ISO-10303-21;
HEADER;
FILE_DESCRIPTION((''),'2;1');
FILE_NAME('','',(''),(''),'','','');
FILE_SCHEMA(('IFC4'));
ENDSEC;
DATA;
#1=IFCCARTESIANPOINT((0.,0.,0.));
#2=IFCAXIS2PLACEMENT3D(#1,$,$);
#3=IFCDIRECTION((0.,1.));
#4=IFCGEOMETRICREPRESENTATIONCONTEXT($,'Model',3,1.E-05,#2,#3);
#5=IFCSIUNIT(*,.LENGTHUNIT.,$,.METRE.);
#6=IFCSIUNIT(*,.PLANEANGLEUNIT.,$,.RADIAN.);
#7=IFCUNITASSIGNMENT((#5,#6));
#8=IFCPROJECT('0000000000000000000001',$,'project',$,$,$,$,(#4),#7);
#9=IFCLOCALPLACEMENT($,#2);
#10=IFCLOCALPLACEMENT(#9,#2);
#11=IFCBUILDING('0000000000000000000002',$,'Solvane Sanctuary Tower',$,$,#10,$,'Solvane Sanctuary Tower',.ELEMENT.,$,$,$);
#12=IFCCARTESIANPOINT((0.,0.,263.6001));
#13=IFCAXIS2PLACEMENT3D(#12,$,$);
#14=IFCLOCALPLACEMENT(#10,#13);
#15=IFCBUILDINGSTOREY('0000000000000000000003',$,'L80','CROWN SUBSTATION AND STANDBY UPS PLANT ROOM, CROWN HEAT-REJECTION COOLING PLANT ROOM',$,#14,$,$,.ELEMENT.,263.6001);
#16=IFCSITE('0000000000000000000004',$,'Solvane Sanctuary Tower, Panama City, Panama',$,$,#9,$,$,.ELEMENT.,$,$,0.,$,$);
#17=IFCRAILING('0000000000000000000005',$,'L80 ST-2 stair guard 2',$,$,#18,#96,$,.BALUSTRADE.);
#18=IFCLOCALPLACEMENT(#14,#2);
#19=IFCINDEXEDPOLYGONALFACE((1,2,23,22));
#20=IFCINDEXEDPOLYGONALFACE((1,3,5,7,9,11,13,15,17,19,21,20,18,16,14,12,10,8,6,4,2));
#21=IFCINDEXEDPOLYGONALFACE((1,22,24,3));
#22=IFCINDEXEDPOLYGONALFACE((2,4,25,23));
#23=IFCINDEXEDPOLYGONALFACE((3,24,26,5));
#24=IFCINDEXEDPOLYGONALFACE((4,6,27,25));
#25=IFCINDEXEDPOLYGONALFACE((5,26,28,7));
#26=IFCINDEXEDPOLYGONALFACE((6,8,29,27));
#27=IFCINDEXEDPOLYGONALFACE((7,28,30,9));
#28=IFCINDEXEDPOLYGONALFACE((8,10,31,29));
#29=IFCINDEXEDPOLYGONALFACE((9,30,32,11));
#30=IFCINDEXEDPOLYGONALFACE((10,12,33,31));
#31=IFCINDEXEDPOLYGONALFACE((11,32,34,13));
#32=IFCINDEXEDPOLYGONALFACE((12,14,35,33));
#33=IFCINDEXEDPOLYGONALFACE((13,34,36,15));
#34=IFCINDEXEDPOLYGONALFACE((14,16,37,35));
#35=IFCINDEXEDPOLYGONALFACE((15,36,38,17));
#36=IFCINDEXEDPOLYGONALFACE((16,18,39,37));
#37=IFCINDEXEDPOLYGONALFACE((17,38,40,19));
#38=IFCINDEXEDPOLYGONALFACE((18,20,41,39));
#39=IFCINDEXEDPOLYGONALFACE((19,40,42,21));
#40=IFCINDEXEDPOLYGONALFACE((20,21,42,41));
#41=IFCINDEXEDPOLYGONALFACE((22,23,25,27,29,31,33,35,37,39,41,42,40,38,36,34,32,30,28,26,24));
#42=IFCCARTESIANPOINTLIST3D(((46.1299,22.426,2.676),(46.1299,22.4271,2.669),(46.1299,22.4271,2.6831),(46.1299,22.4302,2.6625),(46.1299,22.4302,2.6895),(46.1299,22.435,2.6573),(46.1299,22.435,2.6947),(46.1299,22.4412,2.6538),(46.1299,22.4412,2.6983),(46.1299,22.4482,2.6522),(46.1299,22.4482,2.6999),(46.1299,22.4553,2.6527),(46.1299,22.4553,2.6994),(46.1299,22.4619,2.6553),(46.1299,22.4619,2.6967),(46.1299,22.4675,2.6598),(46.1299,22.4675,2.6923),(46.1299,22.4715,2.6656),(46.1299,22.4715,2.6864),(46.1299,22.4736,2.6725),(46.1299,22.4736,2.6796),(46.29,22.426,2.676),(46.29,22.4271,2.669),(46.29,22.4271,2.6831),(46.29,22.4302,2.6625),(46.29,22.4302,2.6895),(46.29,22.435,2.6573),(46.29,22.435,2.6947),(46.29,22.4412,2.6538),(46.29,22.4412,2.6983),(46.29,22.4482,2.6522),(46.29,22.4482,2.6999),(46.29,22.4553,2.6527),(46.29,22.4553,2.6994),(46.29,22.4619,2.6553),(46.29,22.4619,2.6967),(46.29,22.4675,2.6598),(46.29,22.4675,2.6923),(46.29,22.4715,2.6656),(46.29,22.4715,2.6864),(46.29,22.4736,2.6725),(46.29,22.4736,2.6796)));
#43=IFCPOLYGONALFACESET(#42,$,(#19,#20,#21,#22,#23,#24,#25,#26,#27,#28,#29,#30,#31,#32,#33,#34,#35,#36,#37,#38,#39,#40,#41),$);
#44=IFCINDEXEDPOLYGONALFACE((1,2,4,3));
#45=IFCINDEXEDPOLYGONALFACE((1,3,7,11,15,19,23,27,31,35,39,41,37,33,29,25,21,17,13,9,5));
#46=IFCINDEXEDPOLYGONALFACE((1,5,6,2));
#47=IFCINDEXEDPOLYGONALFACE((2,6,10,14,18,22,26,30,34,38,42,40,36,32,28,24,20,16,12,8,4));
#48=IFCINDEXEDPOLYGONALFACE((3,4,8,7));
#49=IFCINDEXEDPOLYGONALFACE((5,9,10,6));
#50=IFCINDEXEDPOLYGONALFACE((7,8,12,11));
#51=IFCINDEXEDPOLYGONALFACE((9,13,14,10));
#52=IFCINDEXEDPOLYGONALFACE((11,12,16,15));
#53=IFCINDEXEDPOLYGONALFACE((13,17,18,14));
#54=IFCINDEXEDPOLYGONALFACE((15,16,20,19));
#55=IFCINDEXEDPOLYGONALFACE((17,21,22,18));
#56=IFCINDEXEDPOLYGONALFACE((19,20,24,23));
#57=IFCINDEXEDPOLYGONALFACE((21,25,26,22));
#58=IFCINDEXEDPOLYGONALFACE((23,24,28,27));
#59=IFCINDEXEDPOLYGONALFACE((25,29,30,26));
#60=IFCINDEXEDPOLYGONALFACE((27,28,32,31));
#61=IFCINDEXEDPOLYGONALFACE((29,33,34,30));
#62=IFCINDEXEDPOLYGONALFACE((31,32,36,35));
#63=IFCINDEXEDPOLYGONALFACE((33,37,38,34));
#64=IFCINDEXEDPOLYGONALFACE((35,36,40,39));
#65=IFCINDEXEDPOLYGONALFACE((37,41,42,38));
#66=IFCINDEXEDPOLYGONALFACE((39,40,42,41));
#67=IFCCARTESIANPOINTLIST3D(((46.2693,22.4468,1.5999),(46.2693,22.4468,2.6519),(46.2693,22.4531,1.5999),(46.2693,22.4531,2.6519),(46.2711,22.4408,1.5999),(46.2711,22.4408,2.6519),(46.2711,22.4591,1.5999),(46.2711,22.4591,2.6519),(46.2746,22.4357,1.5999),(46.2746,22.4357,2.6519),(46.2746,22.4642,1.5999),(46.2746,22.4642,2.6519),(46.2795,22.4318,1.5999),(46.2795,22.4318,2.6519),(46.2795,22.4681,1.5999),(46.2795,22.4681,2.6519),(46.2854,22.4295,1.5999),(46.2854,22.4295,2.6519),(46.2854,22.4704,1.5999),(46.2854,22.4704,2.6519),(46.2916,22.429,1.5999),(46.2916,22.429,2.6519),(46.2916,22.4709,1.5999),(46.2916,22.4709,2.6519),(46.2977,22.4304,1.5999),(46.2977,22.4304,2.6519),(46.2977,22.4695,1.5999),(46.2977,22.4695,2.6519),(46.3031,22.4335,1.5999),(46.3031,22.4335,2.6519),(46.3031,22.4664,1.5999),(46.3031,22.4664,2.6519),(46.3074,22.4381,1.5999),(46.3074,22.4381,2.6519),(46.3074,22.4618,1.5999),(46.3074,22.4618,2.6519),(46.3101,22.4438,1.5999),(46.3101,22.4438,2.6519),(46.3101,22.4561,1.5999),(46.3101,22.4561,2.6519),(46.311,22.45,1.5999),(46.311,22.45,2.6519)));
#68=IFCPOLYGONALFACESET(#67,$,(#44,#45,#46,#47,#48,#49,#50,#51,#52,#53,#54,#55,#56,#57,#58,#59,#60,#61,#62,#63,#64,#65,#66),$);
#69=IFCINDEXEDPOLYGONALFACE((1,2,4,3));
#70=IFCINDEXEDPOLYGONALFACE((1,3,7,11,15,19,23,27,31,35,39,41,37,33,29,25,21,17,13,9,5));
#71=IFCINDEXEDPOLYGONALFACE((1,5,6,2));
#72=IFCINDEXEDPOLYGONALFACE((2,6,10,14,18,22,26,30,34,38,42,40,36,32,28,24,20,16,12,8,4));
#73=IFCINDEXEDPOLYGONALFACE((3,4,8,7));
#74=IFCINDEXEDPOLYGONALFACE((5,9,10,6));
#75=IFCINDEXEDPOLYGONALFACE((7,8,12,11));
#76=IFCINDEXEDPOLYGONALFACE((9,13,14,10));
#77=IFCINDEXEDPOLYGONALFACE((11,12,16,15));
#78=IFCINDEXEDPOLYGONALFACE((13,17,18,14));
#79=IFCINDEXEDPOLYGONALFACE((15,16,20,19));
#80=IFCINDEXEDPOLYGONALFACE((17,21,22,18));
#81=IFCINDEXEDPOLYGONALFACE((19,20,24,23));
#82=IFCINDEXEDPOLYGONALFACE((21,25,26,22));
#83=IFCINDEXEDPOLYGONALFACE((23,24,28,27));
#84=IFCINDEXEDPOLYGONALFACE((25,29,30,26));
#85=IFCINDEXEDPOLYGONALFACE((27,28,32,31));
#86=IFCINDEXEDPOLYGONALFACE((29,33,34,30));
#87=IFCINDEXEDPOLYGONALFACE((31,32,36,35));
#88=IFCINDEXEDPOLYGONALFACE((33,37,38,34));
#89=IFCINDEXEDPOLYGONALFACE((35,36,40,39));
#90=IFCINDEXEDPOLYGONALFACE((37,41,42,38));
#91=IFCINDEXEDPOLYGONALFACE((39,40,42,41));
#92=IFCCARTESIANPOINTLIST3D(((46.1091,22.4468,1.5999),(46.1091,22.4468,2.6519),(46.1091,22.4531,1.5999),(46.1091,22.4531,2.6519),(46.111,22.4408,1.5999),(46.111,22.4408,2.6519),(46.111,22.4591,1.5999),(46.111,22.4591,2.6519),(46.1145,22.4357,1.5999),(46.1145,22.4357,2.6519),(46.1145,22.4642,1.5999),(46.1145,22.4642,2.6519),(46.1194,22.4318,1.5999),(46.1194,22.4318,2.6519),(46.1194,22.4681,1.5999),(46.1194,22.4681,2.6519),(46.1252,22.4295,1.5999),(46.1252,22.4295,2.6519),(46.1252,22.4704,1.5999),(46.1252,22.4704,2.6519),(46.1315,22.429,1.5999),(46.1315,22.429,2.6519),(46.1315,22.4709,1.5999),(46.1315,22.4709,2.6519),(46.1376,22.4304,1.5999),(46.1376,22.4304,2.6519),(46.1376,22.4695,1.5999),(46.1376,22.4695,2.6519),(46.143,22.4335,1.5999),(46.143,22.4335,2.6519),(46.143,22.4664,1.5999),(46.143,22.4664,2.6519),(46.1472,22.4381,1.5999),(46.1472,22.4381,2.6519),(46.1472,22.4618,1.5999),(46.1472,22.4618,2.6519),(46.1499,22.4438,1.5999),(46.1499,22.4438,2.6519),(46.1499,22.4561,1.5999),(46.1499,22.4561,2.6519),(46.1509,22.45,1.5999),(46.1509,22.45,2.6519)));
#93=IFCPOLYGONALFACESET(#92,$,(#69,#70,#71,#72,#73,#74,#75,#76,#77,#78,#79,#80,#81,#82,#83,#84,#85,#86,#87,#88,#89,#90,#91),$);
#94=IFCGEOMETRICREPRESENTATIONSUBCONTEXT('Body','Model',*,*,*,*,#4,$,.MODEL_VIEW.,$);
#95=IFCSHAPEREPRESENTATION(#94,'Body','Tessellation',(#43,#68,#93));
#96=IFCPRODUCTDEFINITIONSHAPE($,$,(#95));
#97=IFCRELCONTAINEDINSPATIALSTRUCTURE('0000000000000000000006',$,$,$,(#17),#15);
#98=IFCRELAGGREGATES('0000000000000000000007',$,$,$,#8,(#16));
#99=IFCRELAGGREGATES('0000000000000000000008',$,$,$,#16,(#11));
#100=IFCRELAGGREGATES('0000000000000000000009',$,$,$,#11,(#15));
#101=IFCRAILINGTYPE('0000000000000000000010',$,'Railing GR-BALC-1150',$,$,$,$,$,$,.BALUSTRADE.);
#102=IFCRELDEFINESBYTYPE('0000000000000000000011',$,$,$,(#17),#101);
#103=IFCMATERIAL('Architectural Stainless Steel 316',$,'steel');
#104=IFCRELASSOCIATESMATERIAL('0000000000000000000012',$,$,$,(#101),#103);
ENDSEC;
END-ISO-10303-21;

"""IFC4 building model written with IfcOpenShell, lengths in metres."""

from ifc_helpers import new_model, si_unit, direction, frame, origin, origin_2d, place, context, subcontext, project, spatial, circle, extrude, material, type_object, element, save


model = new_model("IFC4")

# Units and contexts
model_context = context("Model", 3, precision=1e-05, world=origin(), true_north=direction((0.0, 1.0)))
body_context = subcontext(model_context, "Body", "Model", "MODEL_VIEW")
ifc_project = project(units=[si_unit("LENGTHUNIT", "METRE"), si_unit("PLANEANGLEUNIT", "RADIAN")], contexts=[model_context])

# Site, building, storey
site_placement = place(None, origin())
site = spatial("IfcSite", under=ifc_project, at=site_placement, Name="Solvane Sanctuary Tower, Panama City, Panama", CompositionType="ELEMENT", RefElevation=0.0)
building_placement = place(site_placement, origin())
building = spatial("IfcBuilding", under=site, at=building_placement, Name="Solvane Sanctuary Tower", LongName="Solvane Sanctuary Tower", CompositionType="ELEMENT")
storey_placement = place(building_placement, frame((0.0, 0.0, 263.6001)))
storey = spatial("IfcBuildingStorey", under=building, at=storey_placement, Name="L80", Description="CROWN SUBSTATION AND STANDBY UPS PLANT ROOM, CROWN HEAT-REJECTION COOLING PLANT ROOM", CompositionType="ELEMENT", Elevation=263.6001)

# Shared definitions
ifc_material_1 = material(Name="Architectural Stainless Steel 316", Category="steel")

# Railing
railing_type_1 = type_object("IfcRailingType", Name="Railing GR-BALC-1150", PredefinedType="BALUSTRADE", material=ifc_material_1)
railing_1_placement = place(storey_placement, frame((46.29, 22.45, 1.5999)))
element("IfcRailing", 1, at=railing_1_placement, inside=storey, type_object=railing_type_1, Name="L80 ST-2 stair guard 2", PredefinedType="BALUSTRADE", context=body_context, shape_type="SweptSolid", body=[
    extrude(circle(Radius=0.0239, at=origin_2d()), frame((0.0, 0.0, 1.0762), z_axis=(-1.0, 0.0, 0.0), x_axis=(0.0, -1.0, 0.0)), (0.0, 0.0, 1.0), 0.1602),
    extrude(circle(Radius=0.021, at=origin_2d()), origin(), (0.0, 0.0, 1.0), 1.052),
    extrude(circle(Radius=0.021, at=origin_2d()), frame((-0.1602, 0.0, 0.0)), (0.0, 0.0, 1.0), 1.052),
])

save(model, "model.ifc")
